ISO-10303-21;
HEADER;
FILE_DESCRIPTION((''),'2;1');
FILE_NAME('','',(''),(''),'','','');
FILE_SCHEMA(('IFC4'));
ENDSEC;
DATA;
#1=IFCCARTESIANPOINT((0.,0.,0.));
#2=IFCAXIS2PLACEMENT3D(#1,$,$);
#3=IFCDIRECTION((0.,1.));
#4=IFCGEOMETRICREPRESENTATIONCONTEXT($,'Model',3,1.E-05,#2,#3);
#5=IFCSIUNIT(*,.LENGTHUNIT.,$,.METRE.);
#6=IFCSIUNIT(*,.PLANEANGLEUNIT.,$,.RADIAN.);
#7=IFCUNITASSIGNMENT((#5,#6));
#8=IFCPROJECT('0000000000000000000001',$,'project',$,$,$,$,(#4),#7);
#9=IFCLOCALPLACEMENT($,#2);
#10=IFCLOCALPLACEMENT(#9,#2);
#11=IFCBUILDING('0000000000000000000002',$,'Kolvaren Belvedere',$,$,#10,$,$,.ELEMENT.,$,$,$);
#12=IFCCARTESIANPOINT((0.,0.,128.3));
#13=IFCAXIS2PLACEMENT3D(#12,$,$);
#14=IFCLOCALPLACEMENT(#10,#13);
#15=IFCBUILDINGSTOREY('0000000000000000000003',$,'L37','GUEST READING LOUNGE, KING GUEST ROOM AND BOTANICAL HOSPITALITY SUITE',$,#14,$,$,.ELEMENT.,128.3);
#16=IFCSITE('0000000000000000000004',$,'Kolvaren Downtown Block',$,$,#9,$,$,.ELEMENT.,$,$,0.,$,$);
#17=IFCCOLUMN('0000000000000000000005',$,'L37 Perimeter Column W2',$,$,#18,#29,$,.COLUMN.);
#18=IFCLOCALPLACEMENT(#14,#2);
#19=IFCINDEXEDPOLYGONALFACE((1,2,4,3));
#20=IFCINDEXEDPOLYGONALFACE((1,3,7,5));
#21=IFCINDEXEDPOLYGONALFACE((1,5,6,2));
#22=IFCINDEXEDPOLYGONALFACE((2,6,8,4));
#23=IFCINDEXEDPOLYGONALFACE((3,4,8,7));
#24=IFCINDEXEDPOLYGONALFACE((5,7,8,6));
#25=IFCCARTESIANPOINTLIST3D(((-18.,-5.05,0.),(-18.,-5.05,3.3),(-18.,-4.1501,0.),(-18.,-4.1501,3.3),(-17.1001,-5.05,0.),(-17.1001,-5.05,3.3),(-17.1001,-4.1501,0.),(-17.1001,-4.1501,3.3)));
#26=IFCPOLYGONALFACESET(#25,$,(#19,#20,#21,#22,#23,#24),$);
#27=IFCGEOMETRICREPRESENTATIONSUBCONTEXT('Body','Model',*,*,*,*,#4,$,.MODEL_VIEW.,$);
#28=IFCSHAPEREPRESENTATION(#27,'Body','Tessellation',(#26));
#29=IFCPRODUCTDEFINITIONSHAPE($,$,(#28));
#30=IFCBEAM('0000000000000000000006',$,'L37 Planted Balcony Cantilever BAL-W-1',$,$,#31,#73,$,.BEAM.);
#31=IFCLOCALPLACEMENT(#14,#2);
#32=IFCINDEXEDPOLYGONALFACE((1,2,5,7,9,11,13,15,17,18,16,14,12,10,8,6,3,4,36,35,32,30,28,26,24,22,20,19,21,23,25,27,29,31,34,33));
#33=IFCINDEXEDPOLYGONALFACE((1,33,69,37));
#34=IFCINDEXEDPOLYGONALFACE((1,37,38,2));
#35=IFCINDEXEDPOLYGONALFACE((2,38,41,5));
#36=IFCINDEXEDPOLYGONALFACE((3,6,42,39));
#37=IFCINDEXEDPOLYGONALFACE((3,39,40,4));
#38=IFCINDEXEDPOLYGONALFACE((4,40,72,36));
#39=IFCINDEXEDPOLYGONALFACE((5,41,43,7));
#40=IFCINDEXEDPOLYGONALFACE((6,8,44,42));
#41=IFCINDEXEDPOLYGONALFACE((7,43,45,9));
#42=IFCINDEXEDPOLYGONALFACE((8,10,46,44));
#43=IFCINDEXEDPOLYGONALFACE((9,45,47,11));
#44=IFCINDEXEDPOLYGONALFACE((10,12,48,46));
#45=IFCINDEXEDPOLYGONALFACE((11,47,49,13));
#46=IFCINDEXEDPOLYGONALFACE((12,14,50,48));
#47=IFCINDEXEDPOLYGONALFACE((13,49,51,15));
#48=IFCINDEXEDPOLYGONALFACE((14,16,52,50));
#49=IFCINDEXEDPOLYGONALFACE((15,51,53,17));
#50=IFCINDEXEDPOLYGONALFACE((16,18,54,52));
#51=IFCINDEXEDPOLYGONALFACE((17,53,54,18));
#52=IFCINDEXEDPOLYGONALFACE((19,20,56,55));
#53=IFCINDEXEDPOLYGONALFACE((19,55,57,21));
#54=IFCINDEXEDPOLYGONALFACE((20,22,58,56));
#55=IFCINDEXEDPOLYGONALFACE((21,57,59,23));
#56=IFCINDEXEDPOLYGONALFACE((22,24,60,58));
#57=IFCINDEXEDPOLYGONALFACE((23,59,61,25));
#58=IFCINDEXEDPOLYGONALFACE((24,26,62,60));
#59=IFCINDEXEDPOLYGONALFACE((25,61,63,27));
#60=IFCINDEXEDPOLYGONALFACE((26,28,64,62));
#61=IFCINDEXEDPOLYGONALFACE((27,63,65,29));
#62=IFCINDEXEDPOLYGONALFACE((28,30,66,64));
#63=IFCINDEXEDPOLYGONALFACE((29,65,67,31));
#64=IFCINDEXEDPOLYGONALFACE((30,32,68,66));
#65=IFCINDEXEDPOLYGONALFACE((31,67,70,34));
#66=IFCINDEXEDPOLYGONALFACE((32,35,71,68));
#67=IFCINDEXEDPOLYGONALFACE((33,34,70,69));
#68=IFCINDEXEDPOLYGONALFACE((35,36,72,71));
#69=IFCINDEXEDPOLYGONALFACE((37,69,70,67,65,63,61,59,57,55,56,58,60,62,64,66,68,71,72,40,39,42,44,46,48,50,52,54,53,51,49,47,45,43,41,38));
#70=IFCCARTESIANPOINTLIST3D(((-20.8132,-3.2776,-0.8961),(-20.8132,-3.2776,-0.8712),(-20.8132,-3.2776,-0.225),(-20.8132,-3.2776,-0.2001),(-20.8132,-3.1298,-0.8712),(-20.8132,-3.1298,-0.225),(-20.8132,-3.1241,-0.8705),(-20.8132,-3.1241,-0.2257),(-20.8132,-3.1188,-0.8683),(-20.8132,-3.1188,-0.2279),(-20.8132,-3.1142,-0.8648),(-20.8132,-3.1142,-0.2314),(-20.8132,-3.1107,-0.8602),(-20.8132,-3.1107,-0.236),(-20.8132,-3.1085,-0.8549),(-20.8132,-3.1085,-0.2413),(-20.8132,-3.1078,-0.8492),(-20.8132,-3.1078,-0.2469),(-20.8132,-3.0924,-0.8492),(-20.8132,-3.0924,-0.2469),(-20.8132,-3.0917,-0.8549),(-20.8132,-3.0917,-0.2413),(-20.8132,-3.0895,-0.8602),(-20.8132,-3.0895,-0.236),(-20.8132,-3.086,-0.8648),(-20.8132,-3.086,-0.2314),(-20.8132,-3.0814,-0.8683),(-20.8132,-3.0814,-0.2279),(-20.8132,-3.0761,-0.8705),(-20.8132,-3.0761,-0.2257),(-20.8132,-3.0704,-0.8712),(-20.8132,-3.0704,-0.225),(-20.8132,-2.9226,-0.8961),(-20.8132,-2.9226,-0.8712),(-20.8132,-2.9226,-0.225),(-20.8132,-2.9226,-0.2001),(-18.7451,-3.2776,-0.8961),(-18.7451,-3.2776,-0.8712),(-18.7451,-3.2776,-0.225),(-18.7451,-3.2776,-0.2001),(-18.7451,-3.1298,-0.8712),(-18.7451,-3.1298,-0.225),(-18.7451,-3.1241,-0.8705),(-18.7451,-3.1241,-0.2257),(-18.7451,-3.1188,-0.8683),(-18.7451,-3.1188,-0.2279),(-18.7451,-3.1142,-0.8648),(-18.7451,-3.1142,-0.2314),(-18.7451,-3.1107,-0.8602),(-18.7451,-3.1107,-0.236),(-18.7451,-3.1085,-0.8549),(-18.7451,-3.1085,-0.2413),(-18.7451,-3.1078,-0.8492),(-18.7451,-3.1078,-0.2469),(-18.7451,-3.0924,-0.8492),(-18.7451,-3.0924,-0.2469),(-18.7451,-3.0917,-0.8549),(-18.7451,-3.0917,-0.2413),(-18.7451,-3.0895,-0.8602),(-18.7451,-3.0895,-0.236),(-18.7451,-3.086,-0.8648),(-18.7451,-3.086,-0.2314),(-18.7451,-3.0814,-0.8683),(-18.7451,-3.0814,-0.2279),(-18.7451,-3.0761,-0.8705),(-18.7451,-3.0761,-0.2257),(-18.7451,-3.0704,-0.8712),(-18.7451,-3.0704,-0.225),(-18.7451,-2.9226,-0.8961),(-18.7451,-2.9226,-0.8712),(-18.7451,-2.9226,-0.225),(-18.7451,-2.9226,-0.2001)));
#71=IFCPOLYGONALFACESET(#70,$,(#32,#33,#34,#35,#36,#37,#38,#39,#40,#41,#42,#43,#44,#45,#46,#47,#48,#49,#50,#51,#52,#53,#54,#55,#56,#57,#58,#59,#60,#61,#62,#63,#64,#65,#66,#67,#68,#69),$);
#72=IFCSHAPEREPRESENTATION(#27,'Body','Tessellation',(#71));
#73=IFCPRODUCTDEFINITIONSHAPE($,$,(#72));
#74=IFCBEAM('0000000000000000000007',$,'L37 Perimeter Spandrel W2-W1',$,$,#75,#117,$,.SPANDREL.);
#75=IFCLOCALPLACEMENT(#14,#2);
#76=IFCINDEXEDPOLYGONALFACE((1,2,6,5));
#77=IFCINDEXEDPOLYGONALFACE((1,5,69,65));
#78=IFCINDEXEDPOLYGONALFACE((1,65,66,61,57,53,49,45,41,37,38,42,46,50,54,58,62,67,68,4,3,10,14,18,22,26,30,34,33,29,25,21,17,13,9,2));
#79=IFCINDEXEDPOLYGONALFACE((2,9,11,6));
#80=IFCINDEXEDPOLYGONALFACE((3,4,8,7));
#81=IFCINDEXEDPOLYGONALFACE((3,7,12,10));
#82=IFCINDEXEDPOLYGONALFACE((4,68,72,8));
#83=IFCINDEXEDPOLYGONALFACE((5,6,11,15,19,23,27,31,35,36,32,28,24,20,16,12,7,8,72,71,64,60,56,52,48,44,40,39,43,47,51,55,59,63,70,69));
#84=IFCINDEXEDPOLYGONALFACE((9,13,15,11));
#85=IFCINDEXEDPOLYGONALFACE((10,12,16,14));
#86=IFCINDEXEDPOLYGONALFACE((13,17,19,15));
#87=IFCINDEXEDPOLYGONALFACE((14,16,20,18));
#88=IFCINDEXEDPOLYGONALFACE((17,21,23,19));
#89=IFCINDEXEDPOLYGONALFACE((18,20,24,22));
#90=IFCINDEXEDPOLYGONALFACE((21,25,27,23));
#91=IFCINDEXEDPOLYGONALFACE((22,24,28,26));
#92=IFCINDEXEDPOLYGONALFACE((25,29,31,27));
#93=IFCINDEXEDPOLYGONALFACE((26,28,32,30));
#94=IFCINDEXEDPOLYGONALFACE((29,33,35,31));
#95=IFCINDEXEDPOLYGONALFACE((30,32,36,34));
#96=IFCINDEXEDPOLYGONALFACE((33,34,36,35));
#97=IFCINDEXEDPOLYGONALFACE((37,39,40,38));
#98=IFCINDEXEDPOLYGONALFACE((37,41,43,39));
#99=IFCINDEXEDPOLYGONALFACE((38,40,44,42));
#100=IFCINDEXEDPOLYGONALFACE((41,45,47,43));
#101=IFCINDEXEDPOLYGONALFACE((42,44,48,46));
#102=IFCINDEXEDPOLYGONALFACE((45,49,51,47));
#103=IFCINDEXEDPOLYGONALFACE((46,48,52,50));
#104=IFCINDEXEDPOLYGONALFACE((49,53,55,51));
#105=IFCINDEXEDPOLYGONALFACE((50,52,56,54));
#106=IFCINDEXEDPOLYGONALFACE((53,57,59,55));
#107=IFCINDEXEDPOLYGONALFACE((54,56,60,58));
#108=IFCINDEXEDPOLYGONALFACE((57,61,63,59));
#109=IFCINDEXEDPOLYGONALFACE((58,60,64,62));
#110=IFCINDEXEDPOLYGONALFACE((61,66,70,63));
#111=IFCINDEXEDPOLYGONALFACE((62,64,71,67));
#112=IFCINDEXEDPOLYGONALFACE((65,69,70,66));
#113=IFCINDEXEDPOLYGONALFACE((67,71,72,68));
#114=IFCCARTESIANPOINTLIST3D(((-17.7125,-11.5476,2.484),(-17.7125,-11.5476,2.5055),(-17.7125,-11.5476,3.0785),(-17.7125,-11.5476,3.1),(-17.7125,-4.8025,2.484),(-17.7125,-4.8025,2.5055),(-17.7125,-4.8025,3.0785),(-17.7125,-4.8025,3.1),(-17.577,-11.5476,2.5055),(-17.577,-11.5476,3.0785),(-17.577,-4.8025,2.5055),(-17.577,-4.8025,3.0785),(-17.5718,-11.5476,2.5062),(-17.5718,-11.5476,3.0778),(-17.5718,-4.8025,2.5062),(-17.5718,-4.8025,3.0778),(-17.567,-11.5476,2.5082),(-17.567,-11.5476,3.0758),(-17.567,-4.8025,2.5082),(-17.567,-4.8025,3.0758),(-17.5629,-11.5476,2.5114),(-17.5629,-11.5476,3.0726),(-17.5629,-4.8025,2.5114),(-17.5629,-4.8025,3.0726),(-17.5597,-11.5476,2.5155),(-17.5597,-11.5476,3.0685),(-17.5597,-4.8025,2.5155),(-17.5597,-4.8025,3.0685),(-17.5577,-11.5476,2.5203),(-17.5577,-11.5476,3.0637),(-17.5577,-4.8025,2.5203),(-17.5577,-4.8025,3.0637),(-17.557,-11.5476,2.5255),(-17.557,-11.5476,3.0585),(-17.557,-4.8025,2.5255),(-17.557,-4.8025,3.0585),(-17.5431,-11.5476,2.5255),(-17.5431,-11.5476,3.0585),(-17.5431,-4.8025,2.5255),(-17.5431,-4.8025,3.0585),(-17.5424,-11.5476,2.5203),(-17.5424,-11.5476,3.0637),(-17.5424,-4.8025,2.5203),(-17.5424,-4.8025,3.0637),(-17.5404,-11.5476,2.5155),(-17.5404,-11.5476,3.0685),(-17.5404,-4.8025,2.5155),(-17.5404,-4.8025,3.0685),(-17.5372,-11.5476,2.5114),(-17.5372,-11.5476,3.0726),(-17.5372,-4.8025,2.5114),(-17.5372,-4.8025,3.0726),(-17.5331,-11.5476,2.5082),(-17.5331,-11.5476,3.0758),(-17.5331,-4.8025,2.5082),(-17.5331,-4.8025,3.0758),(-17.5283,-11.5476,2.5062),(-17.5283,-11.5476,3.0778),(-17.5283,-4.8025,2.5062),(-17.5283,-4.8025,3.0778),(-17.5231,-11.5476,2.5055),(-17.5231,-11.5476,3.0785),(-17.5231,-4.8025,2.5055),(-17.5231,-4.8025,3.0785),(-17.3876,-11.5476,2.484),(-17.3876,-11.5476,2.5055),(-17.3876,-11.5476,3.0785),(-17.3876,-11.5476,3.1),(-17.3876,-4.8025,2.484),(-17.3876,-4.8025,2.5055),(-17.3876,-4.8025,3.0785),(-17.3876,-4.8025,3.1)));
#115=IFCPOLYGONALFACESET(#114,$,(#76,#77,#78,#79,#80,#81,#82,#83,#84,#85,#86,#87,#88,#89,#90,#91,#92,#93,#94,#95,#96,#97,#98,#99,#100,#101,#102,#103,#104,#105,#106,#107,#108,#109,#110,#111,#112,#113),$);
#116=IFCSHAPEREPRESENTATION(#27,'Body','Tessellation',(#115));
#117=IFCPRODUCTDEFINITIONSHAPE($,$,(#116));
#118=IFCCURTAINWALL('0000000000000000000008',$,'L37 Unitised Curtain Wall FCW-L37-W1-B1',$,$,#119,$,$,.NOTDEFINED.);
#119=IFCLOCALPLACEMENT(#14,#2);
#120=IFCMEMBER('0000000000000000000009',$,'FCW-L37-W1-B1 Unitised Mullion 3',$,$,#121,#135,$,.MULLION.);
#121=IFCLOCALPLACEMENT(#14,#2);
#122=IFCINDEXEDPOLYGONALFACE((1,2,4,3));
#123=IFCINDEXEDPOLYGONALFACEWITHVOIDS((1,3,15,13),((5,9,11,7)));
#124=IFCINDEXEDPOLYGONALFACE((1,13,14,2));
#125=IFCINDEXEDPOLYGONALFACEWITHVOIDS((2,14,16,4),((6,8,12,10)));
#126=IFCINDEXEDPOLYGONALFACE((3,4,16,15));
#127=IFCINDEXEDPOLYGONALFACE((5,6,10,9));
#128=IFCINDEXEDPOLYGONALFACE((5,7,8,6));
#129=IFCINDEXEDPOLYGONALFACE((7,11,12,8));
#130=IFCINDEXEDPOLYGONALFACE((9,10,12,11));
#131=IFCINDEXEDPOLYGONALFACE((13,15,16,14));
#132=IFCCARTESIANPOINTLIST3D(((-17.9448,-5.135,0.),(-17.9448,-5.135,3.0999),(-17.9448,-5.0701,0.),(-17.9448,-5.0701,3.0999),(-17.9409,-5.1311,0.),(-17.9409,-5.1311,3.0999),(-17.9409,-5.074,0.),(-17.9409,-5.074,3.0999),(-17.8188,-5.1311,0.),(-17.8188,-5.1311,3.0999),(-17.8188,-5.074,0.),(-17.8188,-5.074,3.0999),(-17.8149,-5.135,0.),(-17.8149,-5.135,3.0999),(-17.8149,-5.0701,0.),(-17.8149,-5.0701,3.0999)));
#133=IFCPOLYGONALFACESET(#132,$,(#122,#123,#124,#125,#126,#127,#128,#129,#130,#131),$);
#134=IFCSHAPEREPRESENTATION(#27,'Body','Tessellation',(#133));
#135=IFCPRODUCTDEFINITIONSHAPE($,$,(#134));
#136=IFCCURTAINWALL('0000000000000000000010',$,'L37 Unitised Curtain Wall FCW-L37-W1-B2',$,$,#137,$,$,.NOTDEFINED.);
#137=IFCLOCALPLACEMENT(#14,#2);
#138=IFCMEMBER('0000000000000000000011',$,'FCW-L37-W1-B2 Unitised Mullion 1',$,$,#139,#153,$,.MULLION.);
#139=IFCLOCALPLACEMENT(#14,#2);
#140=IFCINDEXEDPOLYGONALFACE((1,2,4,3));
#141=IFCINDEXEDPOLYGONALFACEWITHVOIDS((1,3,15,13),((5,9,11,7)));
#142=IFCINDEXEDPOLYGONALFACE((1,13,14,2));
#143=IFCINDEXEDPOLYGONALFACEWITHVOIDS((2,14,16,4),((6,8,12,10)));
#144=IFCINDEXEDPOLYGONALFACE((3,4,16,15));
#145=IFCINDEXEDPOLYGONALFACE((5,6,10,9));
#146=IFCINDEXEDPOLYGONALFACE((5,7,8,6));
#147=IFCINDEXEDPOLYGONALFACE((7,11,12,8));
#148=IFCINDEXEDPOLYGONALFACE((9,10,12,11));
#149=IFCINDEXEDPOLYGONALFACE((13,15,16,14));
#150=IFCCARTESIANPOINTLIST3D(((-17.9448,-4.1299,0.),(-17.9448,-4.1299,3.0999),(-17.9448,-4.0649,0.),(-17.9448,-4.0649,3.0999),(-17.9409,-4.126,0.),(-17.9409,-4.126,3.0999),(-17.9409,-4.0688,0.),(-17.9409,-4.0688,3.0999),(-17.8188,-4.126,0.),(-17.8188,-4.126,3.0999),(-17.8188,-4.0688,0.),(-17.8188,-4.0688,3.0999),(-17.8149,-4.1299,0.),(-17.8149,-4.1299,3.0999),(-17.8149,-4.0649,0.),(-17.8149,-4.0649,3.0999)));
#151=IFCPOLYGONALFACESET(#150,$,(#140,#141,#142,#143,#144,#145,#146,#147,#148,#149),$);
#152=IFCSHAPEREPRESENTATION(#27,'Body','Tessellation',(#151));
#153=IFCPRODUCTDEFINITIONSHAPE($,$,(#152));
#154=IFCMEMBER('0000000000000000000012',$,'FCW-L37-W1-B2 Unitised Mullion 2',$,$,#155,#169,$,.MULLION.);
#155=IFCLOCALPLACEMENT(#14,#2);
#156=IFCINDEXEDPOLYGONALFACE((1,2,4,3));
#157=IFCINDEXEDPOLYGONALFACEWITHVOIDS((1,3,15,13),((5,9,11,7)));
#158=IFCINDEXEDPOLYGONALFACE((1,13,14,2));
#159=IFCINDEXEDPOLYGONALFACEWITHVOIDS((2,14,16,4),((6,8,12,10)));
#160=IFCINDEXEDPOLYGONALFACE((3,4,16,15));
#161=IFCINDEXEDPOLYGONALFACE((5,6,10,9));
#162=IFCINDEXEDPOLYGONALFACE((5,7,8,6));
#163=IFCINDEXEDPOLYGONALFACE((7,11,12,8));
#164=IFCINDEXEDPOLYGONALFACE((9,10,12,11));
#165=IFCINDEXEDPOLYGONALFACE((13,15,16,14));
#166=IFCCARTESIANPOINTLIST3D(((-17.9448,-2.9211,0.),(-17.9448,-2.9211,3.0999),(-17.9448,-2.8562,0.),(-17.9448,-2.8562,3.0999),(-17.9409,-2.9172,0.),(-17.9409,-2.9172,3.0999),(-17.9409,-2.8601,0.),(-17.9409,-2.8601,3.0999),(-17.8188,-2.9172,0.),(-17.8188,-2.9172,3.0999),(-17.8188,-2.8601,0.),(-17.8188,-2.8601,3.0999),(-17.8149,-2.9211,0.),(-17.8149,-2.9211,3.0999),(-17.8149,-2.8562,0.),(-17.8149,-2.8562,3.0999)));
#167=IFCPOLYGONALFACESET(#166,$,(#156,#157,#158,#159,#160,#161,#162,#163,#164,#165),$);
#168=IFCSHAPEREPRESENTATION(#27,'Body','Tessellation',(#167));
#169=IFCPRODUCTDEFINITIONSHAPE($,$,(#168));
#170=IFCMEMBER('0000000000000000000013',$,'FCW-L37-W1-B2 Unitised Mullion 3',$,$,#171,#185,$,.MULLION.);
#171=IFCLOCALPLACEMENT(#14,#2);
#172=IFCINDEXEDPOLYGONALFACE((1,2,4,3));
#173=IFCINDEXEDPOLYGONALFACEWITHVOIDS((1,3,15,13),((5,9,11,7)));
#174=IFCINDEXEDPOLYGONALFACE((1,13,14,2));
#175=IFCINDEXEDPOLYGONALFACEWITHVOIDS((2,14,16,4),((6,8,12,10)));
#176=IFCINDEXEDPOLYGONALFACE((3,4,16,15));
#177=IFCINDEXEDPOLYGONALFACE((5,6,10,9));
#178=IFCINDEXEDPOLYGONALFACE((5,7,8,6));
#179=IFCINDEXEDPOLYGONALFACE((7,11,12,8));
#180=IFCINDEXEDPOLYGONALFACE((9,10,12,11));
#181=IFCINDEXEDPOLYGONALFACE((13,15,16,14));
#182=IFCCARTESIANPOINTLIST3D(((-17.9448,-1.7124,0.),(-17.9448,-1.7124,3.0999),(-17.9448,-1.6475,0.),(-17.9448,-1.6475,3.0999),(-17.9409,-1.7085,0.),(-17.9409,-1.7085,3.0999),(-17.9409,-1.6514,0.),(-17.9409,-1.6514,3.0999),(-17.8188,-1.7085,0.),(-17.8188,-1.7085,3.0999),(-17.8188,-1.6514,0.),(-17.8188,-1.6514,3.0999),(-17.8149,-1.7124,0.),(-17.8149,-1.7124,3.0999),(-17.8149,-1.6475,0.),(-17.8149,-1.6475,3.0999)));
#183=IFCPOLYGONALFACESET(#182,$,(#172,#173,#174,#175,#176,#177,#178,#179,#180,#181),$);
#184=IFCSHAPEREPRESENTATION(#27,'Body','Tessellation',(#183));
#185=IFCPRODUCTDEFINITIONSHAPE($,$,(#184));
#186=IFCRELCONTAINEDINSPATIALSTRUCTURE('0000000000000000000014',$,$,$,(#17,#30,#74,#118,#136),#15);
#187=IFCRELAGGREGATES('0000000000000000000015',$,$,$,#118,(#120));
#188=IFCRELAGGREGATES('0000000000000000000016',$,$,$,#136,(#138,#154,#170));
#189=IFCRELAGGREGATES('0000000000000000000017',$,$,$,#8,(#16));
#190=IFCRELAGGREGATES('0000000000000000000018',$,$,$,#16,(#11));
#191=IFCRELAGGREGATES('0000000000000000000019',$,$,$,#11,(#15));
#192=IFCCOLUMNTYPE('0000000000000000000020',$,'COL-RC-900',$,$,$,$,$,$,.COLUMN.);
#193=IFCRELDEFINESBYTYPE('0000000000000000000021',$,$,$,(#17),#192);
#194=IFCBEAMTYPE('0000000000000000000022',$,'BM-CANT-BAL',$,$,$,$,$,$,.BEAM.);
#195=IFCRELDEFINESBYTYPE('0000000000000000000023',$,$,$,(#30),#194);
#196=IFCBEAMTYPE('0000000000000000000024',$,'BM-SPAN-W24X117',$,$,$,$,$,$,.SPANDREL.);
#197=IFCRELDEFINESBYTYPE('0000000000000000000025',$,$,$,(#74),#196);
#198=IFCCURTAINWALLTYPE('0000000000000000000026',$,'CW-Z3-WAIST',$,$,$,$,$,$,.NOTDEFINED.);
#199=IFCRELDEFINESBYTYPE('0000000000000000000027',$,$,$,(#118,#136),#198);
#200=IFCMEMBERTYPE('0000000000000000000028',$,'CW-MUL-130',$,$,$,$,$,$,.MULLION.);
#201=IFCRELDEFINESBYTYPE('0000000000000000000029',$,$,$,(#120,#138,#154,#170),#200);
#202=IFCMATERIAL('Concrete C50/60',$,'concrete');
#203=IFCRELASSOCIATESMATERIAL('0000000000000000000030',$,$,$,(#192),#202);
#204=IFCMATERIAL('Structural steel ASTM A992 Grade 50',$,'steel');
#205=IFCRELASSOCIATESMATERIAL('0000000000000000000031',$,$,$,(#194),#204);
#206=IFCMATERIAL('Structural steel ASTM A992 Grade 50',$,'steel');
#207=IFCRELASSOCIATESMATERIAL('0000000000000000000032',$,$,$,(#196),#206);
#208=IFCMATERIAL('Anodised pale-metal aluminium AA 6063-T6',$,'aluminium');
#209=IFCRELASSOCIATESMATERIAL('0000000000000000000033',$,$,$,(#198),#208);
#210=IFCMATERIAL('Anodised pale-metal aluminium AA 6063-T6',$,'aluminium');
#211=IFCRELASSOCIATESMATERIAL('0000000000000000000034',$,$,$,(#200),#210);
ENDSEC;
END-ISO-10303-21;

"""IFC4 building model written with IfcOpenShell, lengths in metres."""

from ifc_helpers import new_model, si_unit, direction, frame, origin, origin_2d, place, context, subcontext, project, spatial, rectangle, hollow_rectangle, i_section, extrude, material, material_profile, profile_set, type_object, element, aggregate, save


model = new_model("IFC4")

# Units and contexts
model_context = context("Model", 3, precision=1e-05, world=origin(), true_north=direction((0.0, 1.0)))
body_context = subcontext(model_context, "Body", "Model", "MODEL_VIEW")
ifc_project = project(units=[si_unit("LENGTHUNIT", "METRE"), si_unit("PLANEANGLEUNIT", "RADIAN")], contexts=[model_context])

# Site, building, storey
site_placement = place(None, origin())
site = spatial("IfcSite", under=ifc_project, at=site_placement, Name="Kolvaren Downtown Block", CompositionType="ELEMENT", RefElevation=0.0)
building_placement = place(site_placement, origin())
building = spatial("IfcBuilding", under=site, at=building_placement, Name="Kolvaren Belvedere", CompositionType="ELEMENT")
storey_placement = place(building_placement, frame((0.0, 0.0, 128.3)))
storey = spatial("IfcBuildingStorey", under=building, at=storey_placement, Name="L37", Description="GUEST READING LOUNGE, KING GUEST ROOM AND BOTANICAL HOSPITALITY SUITE", CompositionType="ELEMENT", Elevation=128.3)

# Column
ifc_material_1 = material(Name="Concrete C50/60", Category="concrete")
ifc_material_profile_1 = material_profile(ifc_material_1, rectangle(XDim=0.8999, YDim=0.8999, at=origin_2d()), Name="RC 900X900")
ifc_profile_set_1 = profile_set([ifc_material_profile_1], Name="Concrete C50/60")
column_type = type_object("IfcColumnType", Name="COL-RC-900", PredefinedType="COLUMN", material=ifc_profile_set_1)
column_placement = place(storey_placement, frame((-17.55, -4.6001, 0.0), z_axis=(0.0, 0.0, 1.0), x_axis=(1.0, 0.0, 0.0)))
element("IfcColumn", 1, at=column_placement, inside=storey, type_object=column_type, Name="L37 Perimeter Column W2", PredefinedType="COLUMN", context=body_context, shape_type="SweptSolid", body=[
    extrude(rectangle(XDim=0.8999, YDim=0.8999, at=origin_2d()), origin(), (0.0, 0.0, 1.0), 3.3),
])

# Beams
ifc_material_2 = material(Name="Structural steel ASTM A992 Grade 50", Category="steel")
ifc_material_profile_2 = material_profile(ifc_material_2, i_section(OverallWidth=0.355, OverallDepth=0.696, WebThickness=0.0154, FlangeThickness=0.0249, FilletRadius=0.022, at=origin_2d()), Name="W27X146")
ifc_profile_set_2 = profile_set([ifc_material_profile_2], Name="Structural steel ASTM A992 Grade 50")
beam_type_1 = type_object("IfcBeamType", Name="BM-CANT-BAL", PredefinedType="BEAM", material=ifc_profile_set_2)
beam_1_placement = place(storey_placement, frame((-18.7451, -3.1001, -0.5481), z_axis=(-1.0, 0.0, 0.0), x_axis=(0.0, -1.0, 0.0)))
element("IfcBeam", 2, at=beam_1_placement, inside=storey, type_object=beam_type_1, Name="L37 Planted Balcony Cantilever BAL-W-1", PredefinedType="BEAM", context=body_context, shape_type="SweptSolid", body=[
    extrude(i_section(OverallWidth=0.355, OverallDepth=0.696, WebThickness=0.0154, FlangeThickness=0.0249, FilletRadius=0.022, at=origin_2d()), origin(), (0.0, 0.0, 1.0), 2.0681),
])
ifc_material_3 = material(Name="Structural steel ASTM A992 Grade 50", Category="steel")
ifc_material_profile_3 = material_profile(ifc_material_3, i_section(OverallWidth=0.325, OverallDepth=0.616, WebThickness=0.0139, FlangeThickness=0.0215, FilletRadius=0.02, at=origin_2d()), Name="W24X117")
ifc_profile_set_3 = profile_set([ifc_material_profile_3], Name="Structural steel ASTM A992 Grade 50")
beam_type_2 = type_object("IfcBeamType", Name="BM-SPAN-W24X117", PredefinedType="SPANDREL", material=ifc_profile_set_3)
beam_2_placement = place(storey_placement, frame((-17.55, -4.8025, 2.792), z_axis=(0.0, -1.0, 0.0), x_axis=(1.0, 0.0, 0.0)))
element("IfcBeam", 3, at=beam_2_placement, inside=storey, type_object=beam_type_2, Name="L37 Perimeter Spandrel W2-W1", PredefinedType="SPANDREL", context=body_context, shape_type="SweptSolid", body=[
    extrude(i_section(OverallWidth=0.325, OverallDepth=0.616, WebThickness=0.0139, FlangeThickness=0.0215, FilletRadius=0.02, at=origin_2d()), origin(), (0.0, 0.0, 1.0), 6.7451),
])

# Curtain wall, member
ifc_material_4 = material(Name="Anodised pale-metal aluminium AA 6063-T6", Category="aluminium")
curtain_wall_type = type_object("IfcCurtainWallType", Name="CW-Z3-WAIST", PredefinedType="NOTDEFINED", material=ifc_material_4)
curtain_wall_1_placement = place(storey_placement, origin())
curtain_wall_1 = element("IfcCurtainWall", 4, at=curtain_wall_1_placement, inside=storey, type_object=curtain_wall_type, Name="L37 Unitised Curtain Wall FCW-L37-W1-B1", PredefinedType="NOTDEFINED")
ifc_material_5 = material(Name="Anodised pale-metal aluminium AA 6063-T6", Category="aluminium")
ifc_material_profile_4 = material_profile(ifc_material_5, hollow_rectangle(XDim=0.0649, YDim=0.1299, WallThickness=0.0039, at=origin_2d()), Name="ALU-MUL-130X65")
ifc_profile_set_4 = profile_set([ifc_material_profile_4], Name="Anodised pale-metal aluminium AA 6063-T6")
member_type_1 = type_object("IfcMemberType", Name="CW-MUL-130", PredefinedType="MULLION", material=ifc_profile_set_4)
member_1_placement = place(storey_placement, frame((-17.8799, -5.1025, 0.0), z_axis=(0.0, 0.0, 1.0), x_axis=(0.0, 1.0, 0.0)))
member_1 = element("IfcMember", 5, at=member_1_placement, type_object=member_type_1, Name="FCW-L37-W1-B1 Unitised Mullion 3", PredefinedType="MULLION", context=body_context, shape_type="SweptSolid", body=[
    extrude(hollow_rectangle(XDim=0.0649, YDim=0.1299, WallThickness=0.0039, at=origin_2d()), origin(), (0.0, 0.0, 1.0), 3.0999),
])
aggregate(curtain_wall_1, [member_1])

# Curtain wall, members
curtain_wall_2_placement = place(storey_placement, origin())
curtain_wall_2 = element("IfcCurtainWall", 6, at=curtain_wall_2_placement, inside=storey, type_object=curtain_wall_type, Name="L37 Unitised Curtain Wall FCW-L37-W1-B2", PredefinedType="NOTDEFINED")
member_2_placement = place(storey_placement, frame((-17.8799, -4.0974, 0.0), z_axis=(0.0, 0.0, 1.0), x_axis=(0.0, 1.0, 0.0)))
member_2 = element("IfcMember", 7, at=member_2_placement, type_object=member_type_1, Name="FCW-L37-W1-B2 Unitised Mullion 1", PredefinedType="MULLION", context=body_context, shape_type="SweptSolid", body=[
    extrude(hollow_rectangle(XDim=0.0649, YDim=0.1299, WallThickness=0.0039, at=origin_2d()), origin(), (0.0, 0.0, 1.0), 3.0999),
])
member_3_placement = place(storey_placement, frame((-17.8799, -2.8887, 0.0), z_axis=(0.0, 0.0, 1.0), x_axis=(0.0, 1.0, 0.0)))
member_3 = element("IfcMember", 8, at=member_3_placement, type_object=member_type_1, Name="FCW-L37-W1-B2 Unitised Mullion 2", PredefinedType="MULLION", context=body_context, shape_type="SweptSolid", body=[
    extrude(hollow_rectangle(XDim=0.0649, YDim=0.1299, WallThickness=0.0039, at=origin_2d()), origin(), (0.0, 0.0, 1.0), 3.0999),
])
member_4_placement = place(storey_placement, frame((-17.8799, -1.6799, 0.0), z_axis=(0.0, 0.0, 1.0), x_axis=(0.0, 1.0, 0.0)))
member_4 = element("IfcMember", 9, at=member_4_placement, type_object=member_type_1, Name="FCW-L37-W1-B2 Unitised Mullion 3", PredefinedType="MULLION", context=body_context, shape_type="SweptSolid", body=[
    extrude(hollow_rectangle(XDim=0.0649, YDim=0.1299, WallThickness=0.0039, at=origin_2d()), origin(), (0.0, 0.0, 1.0), 3.0999),
])
aggregate(curtain_wall_2, [member_2, member_3, member_4])

save(model, "model.ifc")
